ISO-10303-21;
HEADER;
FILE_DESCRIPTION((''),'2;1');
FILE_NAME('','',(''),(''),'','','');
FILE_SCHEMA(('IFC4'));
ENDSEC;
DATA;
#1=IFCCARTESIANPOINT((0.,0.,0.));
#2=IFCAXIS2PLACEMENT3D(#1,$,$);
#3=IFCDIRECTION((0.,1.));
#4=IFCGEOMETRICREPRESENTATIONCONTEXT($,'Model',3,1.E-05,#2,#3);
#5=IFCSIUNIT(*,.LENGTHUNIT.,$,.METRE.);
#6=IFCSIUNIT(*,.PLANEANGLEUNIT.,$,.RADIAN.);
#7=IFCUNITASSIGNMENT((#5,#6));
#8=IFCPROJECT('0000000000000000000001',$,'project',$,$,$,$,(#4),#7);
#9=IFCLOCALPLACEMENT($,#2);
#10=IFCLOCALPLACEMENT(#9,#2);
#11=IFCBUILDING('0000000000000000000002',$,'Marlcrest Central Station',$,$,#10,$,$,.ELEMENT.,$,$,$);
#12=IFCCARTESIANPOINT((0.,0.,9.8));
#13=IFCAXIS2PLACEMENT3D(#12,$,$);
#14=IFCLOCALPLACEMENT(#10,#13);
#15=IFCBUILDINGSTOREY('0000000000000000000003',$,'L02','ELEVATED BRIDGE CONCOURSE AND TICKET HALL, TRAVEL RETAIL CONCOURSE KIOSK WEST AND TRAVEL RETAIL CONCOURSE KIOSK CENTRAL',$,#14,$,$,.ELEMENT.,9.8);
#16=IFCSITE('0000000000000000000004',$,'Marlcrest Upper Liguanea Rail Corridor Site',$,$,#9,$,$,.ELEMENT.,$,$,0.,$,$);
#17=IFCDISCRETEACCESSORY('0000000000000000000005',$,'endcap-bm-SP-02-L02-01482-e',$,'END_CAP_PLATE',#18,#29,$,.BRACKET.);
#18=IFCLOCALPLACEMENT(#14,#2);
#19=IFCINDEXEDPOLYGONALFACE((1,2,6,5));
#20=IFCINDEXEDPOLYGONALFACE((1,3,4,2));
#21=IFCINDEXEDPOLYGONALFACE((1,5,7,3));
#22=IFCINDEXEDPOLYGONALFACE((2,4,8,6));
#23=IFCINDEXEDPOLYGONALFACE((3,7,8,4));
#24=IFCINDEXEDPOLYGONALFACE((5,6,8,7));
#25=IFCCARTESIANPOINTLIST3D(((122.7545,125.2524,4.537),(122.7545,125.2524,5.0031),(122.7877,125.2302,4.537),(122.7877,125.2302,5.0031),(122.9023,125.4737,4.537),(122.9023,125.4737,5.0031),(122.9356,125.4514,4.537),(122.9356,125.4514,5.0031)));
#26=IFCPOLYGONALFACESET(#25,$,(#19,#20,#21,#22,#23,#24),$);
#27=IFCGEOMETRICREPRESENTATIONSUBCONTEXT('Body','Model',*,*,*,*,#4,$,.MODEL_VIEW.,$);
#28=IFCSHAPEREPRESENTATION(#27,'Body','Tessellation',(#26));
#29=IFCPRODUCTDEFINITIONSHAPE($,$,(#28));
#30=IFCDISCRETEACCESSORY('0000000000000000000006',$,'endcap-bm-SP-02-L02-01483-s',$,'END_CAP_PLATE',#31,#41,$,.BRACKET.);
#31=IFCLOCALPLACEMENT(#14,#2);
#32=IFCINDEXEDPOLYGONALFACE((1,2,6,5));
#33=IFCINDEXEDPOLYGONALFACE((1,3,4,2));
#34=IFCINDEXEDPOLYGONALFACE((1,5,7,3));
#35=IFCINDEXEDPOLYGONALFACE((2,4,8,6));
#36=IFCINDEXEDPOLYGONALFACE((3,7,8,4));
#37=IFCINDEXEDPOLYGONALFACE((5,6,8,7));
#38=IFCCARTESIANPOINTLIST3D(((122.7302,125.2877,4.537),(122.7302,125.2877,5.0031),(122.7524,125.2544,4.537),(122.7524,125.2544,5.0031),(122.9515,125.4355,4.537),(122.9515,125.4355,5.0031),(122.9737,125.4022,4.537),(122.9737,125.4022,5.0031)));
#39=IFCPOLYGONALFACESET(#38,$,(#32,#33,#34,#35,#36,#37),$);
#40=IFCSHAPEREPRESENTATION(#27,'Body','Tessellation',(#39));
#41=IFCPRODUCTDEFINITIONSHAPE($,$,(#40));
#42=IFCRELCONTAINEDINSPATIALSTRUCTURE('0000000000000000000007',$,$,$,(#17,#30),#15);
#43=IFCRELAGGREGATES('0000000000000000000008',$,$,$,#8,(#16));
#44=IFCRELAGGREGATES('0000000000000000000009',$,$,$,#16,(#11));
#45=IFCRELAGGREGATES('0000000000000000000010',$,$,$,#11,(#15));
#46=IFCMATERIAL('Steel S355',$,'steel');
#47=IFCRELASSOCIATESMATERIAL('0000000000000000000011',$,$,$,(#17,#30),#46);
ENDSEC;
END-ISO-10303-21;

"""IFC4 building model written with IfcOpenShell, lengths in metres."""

from ifc_helpers import new_model, si_unit, direction, frame, origin, origin_2d, place, context, subcontext, project, spatial, rectangle, extrude, material, element, save


model = new_model("IFC4")

# Units and contexts
model_context = context("Model", 3, precision=1e-05, world=origin(), true_north=direction((0.0, 1.0)))
body_context = subcontext(model_context, "Body", "Model", "MODEL_VIEW")
ifc_project = project(units=[si_unit("LENGTHUNIT", "METRE"), si_unit("PLANEANGLEUNIT", "RADIAN")], contexts=[model_context])

# Site, building, storey
site_placement = place(None, origin())
site = spatial("IfcSite", under=ifc_project, at=site_placement, Name="Marlcrest Upper Liguanea Rail Corridor Site", CompositionType="ELEMENT", RefElevation=0.0)
building_placement = place(site_placement, origin())
building = spatial("IfcBuilding", under=site, at=building_placement, Name="Marlcrest Central Station", CompositionType="ELEMENT")
storey_placement = place(building_placement, frame((0.0, 0.0, 9.8)))
storey = spatial("IfcBuildingStorey", under=building, at=storey_placement, Name="L02", Description="ELEVATED BRIDGE CONCOURSE AND TICKET HALL, TRAVEL RETAIL CONCOURSE KIOSK WEST AND TRAVEL RETAIL CONCOURSE KIOSK CENTRAL", CompositionType="ELEMENT", Elevation=9.8)

# Shared definitions
ifc_material_1 = material(Name="Steel S355", Category="steel")

# Discrete accessories
for number, where, z_axis, x_axis, name in (
    (1, (122.8284, 125.363, 4.77), (0.831509, -0.555511, 0.0), (0.555511, 0.831509, 0.0), "endcap-bm-SP-02-L02-01482-e"),
    (2, (122.8408, 125.3616, 4.77), (0.555511, -0.831509, 0.0), (0.831509, 0.555511, 0.0), "endcap-bm-SP-02-L02-01483-s"),
):
    element("IfcDiscreteAccessory", number, at=place(storey_placement, frame(where, z_axis=z_axis, x_axis=x_axis)), inside=storey, material=ifc_material_1, Name=name, ObjectType="END_CAP_PLATE", PredefinedType="BRACKET", context=body_context, shape_type="SweptSolid", body=[
        extrude(rectangle(XDim=0.2661, YDim=0.4661, at=origin_2d()), origin(), (0.0, 0.0, 1.0), 0.04),
    ])

save(model, "model.ifc")
